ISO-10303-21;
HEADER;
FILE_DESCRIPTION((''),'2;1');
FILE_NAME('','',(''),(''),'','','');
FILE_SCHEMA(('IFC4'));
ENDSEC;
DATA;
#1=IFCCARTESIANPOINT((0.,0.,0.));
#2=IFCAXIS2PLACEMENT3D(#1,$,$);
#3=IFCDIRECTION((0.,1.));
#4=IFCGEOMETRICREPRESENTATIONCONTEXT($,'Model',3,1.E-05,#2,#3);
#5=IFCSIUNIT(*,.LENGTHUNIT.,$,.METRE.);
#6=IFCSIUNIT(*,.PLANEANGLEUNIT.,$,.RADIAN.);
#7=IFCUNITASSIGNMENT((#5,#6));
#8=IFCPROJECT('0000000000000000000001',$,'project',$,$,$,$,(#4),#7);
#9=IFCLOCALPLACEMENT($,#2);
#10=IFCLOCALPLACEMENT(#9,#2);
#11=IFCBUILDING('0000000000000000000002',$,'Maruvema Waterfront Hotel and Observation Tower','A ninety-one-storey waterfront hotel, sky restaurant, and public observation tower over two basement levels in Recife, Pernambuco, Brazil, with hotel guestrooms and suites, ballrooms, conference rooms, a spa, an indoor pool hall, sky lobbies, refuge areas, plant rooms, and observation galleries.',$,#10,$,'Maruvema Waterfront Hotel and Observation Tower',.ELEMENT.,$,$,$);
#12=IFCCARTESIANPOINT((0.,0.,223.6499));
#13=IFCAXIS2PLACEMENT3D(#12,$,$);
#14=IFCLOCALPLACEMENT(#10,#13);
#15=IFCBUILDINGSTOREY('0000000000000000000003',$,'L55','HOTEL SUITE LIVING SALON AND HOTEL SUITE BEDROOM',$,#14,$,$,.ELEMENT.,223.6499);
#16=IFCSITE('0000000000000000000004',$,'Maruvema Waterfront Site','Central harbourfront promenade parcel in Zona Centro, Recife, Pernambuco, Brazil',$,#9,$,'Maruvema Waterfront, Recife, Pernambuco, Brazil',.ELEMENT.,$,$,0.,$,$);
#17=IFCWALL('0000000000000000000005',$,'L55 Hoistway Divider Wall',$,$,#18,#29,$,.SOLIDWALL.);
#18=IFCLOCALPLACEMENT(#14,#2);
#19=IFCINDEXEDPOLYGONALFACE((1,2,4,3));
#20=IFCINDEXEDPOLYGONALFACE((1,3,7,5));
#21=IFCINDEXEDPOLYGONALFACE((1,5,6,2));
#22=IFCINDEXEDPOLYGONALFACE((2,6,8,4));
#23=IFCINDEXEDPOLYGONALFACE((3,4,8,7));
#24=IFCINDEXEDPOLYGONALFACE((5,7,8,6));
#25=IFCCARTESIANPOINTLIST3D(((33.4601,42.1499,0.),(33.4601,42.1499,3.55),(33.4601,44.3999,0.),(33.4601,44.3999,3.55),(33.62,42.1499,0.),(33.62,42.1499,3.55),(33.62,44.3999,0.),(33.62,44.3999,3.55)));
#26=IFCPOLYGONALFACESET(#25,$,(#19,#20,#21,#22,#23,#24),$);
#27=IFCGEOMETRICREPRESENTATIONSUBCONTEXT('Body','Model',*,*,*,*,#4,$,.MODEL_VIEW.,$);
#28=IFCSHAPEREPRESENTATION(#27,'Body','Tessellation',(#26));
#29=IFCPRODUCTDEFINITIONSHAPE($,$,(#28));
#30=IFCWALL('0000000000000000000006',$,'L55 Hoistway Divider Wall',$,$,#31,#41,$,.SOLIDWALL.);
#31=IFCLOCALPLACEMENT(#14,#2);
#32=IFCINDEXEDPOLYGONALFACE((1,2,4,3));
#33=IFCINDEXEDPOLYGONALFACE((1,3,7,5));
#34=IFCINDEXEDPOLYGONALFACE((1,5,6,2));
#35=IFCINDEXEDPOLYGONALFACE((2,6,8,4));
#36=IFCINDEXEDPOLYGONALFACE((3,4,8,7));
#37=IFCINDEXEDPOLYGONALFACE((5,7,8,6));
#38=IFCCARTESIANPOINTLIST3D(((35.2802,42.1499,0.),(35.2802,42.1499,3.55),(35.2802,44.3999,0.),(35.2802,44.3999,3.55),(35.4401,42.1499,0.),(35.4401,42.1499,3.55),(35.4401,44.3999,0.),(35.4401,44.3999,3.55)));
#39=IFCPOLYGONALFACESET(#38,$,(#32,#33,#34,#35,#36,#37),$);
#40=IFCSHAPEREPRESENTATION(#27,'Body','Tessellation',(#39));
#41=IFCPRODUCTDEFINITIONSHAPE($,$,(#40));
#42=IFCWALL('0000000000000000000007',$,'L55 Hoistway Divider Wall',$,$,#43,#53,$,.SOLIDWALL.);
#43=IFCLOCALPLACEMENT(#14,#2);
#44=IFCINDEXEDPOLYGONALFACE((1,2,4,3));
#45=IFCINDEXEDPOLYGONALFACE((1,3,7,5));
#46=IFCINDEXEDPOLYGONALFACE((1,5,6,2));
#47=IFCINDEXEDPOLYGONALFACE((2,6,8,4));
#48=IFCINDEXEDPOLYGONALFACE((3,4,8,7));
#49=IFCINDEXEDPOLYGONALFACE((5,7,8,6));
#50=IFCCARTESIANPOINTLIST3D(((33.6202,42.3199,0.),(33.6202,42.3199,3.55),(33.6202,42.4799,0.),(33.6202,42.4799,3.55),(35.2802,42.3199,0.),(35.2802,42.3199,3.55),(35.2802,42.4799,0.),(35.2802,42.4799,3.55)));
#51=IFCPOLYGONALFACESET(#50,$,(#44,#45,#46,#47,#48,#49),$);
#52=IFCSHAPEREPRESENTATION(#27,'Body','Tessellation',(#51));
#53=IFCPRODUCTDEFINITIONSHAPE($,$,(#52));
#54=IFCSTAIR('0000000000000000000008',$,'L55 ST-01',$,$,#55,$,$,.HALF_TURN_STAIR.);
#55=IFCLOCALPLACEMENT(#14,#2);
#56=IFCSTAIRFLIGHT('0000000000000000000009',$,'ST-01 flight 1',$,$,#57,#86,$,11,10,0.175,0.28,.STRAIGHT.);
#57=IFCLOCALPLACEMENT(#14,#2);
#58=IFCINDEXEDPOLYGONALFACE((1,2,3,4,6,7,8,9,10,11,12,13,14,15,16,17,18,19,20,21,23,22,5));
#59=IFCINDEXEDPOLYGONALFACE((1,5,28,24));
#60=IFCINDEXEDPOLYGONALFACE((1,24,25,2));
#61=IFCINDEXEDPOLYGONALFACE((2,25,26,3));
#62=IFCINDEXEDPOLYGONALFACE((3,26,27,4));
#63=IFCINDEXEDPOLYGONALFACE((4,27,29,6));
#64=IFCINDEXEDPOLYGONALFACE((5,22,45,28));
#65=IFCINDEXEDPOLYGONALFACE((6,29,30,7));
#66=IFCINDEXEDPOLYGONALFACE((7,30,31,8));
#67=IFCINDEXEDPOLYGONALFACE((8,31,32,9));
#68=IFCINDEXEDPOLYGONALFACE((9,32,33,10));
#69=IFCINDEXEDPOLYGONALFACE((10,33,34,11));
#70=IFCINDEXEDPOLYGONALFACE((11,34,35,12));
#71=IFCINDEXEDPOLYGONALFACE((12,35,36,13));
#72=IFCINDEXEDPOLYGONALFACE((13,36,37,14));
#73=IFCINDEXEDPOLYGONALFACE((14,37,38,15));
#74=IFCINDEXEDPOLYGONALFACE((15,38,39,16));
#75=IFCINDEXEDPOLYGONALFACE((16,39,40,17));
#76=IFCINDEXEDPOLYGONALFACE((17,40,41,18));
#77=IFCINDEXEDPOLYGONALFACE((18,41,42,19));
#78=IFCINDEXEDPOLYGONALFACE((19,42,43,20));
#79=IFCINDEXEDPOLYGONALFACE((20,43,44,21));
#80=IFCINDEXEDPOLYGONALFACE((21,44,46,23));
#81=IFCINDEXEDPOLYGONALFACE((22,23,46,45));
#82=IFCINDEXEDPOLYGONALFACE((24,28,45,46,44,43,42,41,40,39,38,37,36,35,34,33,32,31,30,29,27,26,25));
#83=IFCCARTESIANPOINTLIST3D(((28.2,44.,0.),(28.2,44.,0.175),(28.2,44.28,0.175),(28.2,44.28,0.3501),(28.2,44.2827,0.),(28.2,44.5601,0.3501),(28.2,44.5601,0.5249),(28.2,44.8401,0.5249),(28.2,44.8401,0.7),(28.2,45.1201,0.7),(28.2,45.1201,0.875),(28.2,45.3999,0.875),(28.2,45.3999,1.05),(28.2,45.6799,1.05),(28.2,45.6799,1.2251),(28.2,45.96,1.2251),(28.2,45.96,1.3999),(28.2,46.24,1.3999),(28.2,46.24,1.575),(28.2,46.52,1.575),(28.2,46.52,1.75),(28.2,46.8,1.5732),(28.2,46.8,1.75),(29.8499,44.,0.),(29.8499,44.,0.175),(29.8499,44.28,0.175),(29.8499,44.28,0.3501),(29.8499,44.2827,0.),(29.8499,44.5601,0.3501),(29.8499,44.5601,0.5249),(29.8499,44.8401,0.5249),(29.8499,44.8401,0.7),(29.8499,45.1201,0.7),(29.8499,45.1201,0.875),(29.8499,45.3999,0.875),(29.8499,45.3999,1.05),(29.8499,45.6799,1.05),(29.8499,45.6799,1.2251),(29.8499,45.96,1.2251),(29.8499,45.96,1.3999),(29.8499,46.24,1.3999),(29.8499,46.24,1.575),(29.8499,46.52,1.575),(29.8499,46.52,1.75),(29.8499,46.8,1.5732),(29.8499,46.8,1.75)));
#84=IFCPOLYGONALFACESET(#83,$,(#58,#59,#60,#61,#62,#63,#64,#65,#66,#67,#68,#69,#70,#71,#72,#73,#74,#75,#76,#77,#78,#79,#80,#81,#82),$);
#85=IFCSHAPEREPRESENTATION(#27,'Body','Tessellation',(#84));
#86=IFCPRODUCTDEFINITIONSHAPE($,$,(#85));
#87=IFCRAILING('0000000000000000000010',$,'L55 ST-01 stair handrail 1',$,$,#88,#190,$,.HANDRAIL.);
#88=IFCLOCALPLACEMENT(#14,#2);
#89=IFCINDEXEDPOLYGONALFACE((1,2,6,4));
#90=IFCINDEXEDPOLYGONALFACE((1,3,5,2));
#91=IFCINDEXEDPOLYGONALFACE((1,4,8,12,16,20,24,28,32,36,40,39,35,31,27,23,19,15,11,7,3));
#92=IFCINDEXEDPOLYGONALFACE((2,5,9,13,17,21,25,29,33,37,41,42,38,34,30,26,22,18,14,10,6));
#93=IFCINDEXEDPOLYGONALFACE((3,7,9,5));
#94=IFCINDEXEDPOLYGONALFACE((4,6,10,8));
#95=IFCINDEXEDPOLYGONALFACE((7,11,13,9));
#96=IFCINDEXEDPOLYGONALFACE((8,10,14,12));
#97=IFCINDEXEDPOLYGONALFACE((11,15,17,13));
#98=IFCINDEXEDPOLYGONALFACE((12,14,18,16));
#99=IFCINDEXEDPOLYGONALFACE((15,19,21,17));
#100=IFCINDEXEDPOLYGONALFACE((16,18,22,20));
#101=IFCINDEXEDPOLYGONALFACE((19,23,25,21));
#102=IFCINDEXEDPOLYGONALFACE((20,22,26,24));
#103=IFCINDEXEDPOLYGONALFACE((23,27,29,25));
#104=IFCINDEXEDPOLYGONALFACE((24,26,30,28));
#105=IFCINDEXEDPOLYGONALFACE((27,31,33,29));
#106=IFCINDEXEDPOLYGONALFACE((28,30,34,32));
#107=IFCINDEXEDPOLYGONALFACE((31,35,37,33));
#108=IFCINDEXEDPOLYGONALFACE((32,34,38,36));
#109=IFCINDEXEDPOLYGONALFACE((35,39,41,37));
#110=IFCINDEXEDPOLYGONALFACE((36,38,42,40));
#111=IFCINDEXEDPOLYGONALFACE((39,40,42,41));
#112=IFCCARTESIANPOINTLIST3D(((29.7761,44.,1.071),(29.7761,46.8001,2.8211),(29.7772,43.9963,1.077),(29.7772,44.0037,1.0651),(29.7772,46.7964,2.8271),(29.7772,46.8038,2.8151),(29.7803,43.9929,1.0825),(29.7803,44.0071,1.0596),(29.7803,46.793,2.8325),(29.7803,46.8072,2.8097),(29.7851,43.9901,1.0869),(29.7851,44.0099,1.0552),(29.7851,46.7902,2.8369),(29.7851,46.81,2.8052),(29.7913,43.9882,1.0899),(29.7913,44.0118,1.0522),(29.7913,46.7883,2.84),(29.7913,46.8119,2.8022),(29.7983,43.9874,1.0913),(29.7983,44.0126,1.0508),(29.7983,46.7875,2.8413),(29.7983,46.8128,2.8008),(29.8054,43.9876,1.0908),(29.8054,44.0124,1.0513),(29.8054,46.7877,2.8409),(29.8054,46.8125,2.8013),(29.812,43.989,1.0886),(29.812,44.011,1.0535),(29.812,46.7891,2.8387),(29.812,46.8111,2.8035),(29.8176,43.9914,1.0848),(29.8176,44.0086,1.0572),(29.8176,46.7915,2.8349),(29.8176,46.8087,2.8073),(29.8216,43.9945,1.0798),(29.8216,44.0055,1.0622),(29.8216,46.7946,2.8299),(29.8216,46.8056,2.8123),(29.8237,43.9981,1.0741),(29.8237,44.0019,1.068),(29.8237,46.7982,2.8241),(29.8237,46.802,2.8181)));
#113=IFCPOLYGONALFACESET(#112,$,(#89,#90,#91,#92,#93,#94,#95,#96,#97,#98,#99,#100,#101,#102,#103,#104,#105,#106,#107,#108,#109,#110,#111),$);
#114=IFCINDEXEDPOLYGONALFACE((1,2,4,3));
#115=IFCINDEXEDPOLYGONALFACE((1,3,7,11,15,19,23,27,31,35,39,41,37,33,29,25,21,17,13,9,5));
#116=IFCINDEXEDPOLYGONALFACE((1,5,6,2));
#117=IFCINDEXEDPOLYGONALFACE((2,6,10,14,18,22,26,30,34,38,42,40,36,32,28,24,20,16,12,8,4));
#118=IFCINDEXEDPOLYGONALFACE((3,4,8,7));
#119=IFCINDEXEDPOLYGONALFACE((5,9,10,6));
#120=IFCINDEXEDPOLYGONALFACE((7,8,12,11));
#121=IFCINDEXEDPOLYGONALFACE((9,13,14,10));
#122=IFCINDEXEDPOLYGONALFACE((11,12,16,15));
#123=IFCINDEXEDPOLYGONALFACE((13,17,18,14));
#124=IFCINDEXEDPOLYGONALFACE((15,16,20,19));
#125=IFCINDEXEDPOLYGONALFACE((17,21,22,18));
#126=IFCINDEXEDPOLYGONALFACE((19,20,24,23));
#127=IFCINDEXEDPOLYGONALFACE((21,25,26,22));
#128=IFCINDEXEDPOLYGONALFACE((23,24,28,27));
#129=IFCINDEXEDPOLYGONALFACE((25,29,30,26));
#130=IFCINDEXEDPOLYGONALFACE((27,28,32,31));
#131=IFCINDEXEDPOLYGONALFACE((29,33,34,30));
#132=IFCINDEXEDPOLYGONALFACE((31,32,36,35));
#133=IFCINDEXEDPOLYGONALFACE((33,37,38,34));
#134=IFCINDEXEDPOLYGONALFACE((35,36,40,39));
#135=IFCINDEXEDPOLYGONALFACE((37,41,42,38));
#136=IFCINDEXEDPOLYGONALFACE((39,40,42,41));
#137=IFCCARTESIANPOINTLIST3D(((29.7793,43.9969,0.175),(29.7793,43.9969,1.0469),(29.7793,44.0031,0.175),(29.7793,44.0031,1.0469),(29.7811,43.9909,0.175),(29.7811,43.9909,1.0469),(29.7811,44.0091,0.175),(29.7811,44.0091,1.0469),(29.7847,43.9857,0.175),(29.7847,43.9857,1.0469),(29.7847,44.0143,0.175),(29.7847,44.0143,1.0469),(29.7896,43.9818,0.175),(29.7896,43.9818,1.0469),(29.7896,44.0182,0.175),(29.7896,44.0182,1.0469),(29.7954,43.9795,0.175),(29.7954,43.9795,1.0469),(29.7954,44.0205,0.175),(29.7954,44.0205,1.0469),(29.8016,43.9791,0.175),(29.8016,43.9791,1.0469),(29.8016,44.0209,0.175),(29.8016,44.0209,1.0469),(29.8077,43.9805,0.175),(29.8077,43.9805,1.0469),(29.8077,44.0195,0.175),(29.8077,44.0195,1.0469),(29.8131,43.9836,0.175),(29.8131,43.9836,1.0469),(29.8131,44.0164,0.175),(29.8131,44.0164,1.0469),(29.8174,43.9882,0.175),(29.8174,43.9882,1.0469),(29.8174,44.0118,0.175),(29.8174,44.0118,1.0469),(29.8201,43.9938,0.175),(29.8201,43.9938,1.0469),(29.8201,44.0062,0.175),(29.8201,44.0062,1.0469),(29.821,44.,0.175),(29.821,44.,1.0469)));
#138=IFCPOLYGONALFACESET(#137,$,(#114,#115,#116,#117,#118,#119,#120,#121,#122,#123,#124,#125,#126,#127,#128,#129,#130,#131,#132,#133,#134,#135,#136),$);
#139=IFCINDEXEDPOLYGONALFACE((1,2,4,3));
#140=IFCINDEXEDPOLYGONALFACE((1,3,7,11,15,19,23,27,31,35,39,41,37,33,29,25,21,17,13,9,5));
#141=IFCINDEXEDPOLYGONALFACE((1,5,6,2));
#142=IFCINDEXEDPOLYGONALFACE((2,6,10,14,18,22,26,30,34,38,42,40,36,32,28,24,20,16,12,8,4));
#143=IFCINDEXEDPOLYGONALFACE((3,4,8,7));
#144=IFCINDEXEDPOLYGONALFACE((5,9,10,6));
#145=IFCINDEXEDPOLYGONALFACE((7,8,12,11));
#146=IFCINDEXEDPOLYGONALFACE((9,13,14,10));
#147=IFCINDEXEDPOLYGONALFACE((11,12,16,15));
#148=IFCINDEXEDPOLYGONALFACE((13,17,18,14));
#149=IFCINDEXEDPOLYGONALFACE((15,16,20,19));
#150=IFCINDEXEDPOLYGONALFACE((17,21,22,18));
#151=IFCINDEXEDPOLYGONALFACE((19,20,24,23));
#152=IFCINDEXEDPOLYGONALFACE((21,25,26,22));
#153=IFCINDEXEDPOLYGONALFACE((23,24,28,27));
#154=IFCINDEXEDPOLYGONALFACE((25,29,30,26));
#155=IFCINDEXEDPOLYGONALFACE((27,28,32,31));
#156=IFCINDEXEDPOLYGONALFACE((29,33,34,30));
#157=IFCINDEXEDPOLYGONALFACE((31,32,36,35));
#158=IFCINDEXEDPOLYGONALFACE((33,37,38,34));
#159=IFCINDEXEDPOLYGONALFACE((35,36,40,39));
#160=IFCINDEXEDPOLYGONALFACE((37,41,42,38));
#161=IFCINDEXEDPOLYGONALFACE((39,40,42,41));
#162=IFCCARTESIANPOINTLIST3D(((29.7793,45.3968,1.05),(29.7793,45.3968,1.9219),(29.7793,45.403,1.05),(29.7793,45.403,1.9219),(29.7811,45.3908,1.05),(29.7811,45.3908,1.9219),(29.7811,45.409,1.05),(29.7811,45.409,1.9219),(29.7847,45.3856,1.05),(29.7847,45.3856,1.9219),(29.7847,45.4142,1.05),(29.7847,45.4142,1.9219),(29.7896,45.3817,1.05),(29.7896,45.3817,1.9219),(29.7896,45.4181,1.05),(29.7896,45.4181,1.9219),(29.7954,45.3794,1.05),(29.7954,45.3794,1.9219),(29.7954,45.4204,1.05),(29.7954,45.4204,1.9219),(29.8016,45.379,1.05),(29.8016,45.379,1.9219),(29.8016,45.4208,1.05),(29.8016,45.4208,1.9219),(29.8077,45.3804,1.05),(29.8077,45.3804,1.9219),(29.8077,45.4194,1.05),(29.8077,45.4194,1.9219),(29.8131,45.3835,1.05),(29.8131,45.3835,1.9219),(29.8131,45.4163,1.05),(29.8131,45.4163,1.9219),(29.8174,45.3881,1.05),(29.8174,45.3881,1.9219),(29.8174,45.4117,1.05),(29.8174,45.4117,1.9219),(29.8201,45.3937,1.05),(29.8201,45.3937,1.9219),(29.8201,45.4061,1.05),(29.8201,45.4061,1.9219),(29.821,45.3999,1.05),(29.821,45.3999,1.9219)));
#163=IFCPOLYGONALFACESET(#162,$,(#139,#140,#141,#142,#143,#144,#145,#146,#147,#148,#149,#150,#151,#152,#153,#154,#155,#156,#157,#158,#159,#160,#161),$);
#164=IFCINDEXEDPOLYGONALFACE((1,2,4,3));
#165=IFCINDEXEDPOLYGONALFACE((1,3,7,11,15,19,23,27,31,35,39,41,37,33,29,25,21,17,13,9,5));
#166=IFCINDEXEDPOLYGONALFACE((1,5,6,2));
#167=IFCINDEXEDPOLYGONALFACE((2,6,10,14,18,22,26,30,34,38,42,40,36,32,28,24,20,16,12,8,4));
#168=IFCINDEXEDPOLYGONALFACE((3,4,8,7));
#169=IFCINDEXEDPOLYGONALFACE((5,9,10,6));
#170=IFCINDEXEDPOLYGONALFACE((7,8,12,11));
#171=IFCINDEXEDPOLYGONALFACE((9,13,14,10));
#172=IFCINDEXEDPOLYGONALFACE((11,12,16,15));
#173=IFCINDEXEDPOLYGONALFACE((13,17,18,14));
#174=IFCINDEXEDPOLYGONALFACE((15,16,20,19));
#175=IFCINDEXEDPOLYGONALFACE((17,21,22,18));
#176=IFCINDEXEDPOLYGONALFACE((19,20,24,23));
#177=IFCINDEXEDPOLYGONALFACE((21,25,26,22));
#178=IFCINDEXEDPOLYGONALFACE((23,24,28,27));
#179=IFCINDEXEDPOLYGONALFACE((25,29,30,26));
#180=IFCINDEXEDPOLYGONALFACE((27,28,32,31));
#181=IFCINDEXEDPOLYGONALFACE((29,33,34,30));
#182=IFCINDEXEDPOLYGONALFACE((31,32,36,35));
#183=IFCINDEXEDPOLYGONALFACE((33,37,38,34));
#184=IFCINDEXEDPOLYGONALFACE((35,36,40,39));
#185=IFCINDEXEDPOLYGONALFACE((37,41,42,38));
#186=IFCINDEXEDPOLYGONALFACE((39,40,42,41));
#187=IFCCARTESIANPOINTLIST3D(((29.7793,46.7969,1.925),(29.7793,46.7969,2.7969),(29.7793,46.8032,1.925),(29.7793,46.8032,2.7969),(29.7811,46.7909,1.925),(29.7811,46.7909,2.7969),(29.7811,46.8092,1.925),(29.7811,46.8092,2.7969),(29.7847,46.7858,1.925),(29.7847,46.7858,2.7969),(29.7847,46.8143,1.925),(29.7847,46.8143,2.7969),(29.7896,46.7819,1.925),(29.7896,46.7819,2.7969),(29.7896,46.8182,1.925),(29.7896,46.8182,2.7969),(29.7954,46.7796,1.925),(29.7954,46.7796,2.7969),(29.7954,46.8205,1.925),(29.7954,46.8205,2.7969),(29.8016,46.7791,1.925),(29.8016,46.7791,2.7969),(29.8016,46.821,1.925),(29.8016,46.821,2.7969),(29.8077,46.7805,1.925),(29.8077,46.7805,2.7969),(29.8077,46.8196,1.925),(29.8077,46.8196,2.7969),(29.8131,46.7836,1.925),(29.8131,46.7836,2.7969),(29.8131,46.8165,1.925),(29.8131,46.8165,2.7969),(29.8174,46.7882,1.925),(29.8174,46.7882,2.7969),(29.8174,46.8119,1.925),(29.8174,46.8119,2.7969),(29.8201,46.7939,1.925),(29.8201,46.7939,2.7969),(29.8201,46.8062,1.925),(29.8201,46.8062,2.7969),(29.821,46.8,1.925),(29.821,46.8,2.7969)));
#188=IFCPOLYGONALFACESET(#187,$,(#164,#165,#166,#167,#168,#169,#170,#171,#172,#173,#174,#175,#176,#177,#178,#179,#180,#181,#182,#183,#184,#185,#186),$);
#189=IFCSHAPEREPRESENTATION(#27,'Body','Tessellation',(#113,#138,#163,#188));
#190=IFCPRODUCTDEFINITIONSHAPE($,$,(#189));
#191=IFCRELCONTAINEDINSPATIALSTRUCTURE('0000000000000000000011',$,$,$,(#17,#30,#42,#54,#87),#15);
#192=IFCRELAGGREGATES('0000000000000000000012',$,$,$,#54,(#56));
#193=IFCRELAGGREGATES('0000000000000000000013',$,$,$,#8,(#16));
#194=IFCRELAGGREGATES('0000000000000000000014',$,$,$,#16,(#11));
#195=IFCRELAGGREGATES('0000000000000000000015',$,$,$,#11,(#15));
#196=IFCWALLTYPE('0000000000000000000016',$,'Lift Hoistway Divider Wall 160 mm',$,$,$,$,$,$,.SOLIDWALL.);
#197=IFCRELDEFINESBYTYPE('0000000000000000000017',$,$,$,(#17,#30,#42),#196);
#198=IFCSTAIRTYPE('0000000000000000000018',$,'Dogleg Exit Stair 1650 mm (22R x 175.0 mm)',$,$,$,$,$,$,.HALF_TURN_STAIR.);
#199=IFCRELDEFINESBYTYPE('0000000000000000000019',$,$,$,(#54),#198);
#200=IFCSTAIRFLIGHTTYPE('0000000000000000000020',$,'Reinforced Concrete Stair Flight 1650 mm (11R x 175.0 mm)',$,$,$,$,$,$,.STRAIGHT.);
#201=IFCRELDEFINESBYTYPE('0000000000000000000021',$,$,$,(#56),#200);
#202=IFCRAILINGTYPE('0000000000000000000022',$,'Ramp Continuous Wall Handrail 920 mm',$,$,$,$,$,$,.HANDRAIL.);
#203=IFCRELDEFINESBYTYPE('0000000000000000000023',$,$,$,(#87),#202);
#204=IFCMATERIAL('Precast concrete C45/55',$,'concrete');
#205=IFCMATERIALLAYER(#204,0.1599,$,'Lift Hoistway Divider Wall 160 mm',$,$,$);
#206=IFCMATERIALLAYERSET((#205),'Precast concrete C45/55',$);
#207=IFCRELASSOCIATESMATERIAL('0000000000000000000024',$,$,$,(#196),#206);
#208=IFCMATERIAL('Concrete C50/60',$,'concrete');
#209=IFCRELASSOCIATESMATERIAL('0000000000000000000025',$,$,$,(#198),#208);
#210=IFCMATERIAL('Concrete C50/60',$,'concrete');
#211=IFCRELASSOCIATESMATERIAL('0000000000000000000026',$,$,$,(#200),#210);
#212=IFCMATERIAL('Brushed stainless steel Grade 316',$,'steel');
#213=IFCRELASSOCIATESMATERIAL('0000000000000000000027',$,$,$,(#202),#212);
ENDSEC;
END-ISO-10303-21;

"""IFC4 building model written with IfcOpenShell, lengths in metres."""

from ifc_helpers import new_model, si_unit, direction, frame, frame_2d, origin, origin_2d, place, context, subcontext, project, spatial, polyline, rectangle, circle, outline, extrude, material, layer, layer_set, type_object, element, aggregate, save


model = new_model("IFC4")

# Units and contexts
model_context = context("Model", 3, precision=1e-05, world=origin(), true_north=direction((0.0, 1.0)))
body_context = subcontext(model_context, "Body", "Model", "MODEL_VIEW")
ifc_project = project(units=[si_unit("LENGTHUNIT", "METRE"), si_unit("PLANEANGLEUNIT", "RADIAN")], contexts=[model_context])

# Site, building, storey
site_placement = place(None, origin())
site = spatial("IfcSite", under=ifc_project, at=site_placement, Name="Maruvema Waterfront Site", Description="Central harbourfront promenade parcel in Zona Centro, Recife, Pernambuco, Brazil", LongName="Maruvema Waterfront, Recife, Pernambuco, Brazil", CompositionType="ELEMENT", RefElevation=0.0)
building_placement = place(site_placement, origin())
building = spatial("IfcBuilding", under=site, at=building_placement, Name="Maruvema Waterfront Hotel and Observation Tower", Description="A ninety-one-storey waterfront hotel, sky restaurant, and public observation tower over two basement levels in Recife, Pernambuco, Brazil, with hotel guestrooms and suites, ballrooms, conference rooms, a spa, an indoor pool hall, sky lobbies, refuge areas, plant rooms, and observation galleries.", LongName="Maruvema Waterfront Hotel and Observation Tower", CompositionType="ELEMENT")
storey_placement = place(building_placement, frame((0.0, 0.0, 223.6499)))
storey = spatial("IfcBuildingStorey", under=building, at=storey_placement, Name="L55", Description="HOTEL SUITE LIVING SALON AND HOTEL SUITE BEDROOM", CompositionType="ELEMENT", Elevation=223.6499)

# Walls
ifc_material_1 = material(Name="Precast concrete C45/55", Category="concrete")
ifc_layer_1 = layer(ifc_material_1, 0.1599, Name="Lift Hoistway Divider Wall 160 mm")
ifc_layer_set_1 = layer_set([ifc_layer_1], Name="Precast concrete C45/55")
wall_type_1 = type_object("IfcWallType", Name="Lift Hoistway Divider Wall 160 mm", PredefinedType="SOLIDWALL", material=ifc_layer_set_1)
for number, where, z_axis, x_axis, name in (
    (1, (33.54, 42.1499, 0.0), (0.0, 0.0, 1.0), (0.0, 1.0, 0.0), "L55 Hoistway Divider Wall"),
    (2, (35.3601, 42.1499, 0.0), (0.0, 0.0, 1.0), (0.0, 1.0, 0.0), "L55 Hoistway Divider Wall"),
):
    element("IfcWall", number, at=place(storey_placement, frame(where, z_axis=z_axis, x_axis=x_axis)), inside=storey, type_object=wall_type_1, Name=name, PredefinedType="SOLIDWALL", context=body_context, shape_type="SweptSolid", body=[
        extrude(rectangle(XDim=2.25, YDim=0.1599, at=frame_2d((1.125, 0.0))), origin(), (0.0, 0.0, 1.0), 3.55),
    ])
wall_1_placement = place(storey_placement, frame((33.6201, 42.3999, 0.0), z_axis=(0.0, 0.0, 1.0), x_axis=(1.0, 0.0, 0.0)))
element("IfcWall", 3, at=wall_1_placement, inside=storey, type_object=wall_type_1, Name="L55 Hoistway Divider Wall", PredefinedType="SOLIDWALL", context=body_context, shape_type="SweptSolid", body=[
    extrude(rectangle(XDim=1.6599, YDim=0.1599, at=frame_2d((0.8301, 0.0))), origin(), (0.0, 0.0, 1.0), 3.55),
])

# Stair, stair flight
ifc_material_2 = material(Name="Concrete C50/60", Category="concrete")
stair_type = type_object("IfcStairType", Name="Dogleg Exit Stair 1650 mm (22R x 175.0 mm)", PredefinedType="HALF_TURN_STAIR", material=ifc_material_2)
stair_placement = place(storey_placement, origin())
stair = element("IfcStair", 4, at=stair_placement, inside=storey, type_object=stair_type, Name="L55 ST-01", PredefinedType="HALF_TURN_STAIR")
ifc_material_3 = material(Name="Concrete C50/60", Category="concrete")
stair_flight_type = type_object("IfcStairFlightType", Name="Reinforced Concrete Stair Flight 1650 mm (11R x 175.0 mm)", PredefinedType="STRAIGHT", material=ifc_material_3)
stair_flight_placement = place(storey_placement, frame((29.0249, 44.0, 0.0), z_axis=(0.0, 0.0, 1.0), x_axis=(0.0, 1.0, 0.0)))
stair_flight = element("IfcStairFlight", 5, at=stair_flight_placement, type_object=stair_flight_type, Name="ST-01 flight 1", NumberOfRisers=11, NumberOfTreads=10, PredefinedType="STRAIGHT", RiserHeight=0.175, TreadLength=0.28, context=body_context, shape_type="SweptSolid", body=[
    extrude(outline(polyline([(0.0, 0.0), (0.0, 0.175), (0.28, 0.175), (0.28, 0.3501), (0.5601, 0.3501), (0.5601, 0.5249), (0.8401, 0.5249), (0.8401, 0.7), (1.1201, 0.7), (1.1201, 0.875), (1.3999, 0.875), (1.3999, 1.05), (1.6799, 1.05), (1.6799, 1.2251), (1.96, 1.2251), (1.96, 1.3999), (2.24, 1.3999), (2.24, 1.575), (2.52, 1.575), (2.52, 1.75), (2.8, 1.75), (2.8, 1.925), (2.8, 1.5732), (0.2827, 0.0), (0.0, 0.0)])), frame((0.0, 0.825, 0.0), z_axis=(0.0, -1.0, 0.0), x_axis=(1.0, 0.0, 0.0)), (0.0, 0.0, 1.0), 1.6499),
])
aggregate(stair, [stair_flight])

# Railing
ifc_material_4 = material(Name="Brushed stainless steel Grade 316", Category="steel")
railing_type_1 = type_object("IfcRailingType", Name="Ramp Continuous Wall Handrail 920 mm", PredefinedType="HANDRAIL", material=ifc_material_4)
railing_1_placement = place(storey_placement, frame((29.8, 44.0, 0.175)))
element("IfcRailing", 6, at=railing_1_placement, inside=storey, type_object=railing_type_1, Name="L55 ST-01 stair handrail 1", PredefinedType="HANDRAIL", context=body_context, shape_type="SweptSolid", body=[
    extrude(circle(Radius=0.0239, at=origin_2d()), frame((0.0, 0.0, 0.896), z_axis=(0.0, 0.848002, 0.529992), x_axis=(-1.0, 0.0, 0.0)), (0.0, 0.0, 1.0), 3.302),
    extrude(circle(Radius=0.021, at=origin_2d()), origin(), (0.0, 0.0, 1.0), 0.8718),
    extrude(circle(Radius=0.021, at=origin_2d()), frame((0.0, 1.3999, 0.875)), (0.0, 0.0, 1.0), 0.8718),
    extrude(circle(Radius=0.021, at=origin_2d()), frame((0.0, 2.8, 1.75)), (0.0, 0.0, 1.0), 0.8718),
])

save(model, "model.ifc")
